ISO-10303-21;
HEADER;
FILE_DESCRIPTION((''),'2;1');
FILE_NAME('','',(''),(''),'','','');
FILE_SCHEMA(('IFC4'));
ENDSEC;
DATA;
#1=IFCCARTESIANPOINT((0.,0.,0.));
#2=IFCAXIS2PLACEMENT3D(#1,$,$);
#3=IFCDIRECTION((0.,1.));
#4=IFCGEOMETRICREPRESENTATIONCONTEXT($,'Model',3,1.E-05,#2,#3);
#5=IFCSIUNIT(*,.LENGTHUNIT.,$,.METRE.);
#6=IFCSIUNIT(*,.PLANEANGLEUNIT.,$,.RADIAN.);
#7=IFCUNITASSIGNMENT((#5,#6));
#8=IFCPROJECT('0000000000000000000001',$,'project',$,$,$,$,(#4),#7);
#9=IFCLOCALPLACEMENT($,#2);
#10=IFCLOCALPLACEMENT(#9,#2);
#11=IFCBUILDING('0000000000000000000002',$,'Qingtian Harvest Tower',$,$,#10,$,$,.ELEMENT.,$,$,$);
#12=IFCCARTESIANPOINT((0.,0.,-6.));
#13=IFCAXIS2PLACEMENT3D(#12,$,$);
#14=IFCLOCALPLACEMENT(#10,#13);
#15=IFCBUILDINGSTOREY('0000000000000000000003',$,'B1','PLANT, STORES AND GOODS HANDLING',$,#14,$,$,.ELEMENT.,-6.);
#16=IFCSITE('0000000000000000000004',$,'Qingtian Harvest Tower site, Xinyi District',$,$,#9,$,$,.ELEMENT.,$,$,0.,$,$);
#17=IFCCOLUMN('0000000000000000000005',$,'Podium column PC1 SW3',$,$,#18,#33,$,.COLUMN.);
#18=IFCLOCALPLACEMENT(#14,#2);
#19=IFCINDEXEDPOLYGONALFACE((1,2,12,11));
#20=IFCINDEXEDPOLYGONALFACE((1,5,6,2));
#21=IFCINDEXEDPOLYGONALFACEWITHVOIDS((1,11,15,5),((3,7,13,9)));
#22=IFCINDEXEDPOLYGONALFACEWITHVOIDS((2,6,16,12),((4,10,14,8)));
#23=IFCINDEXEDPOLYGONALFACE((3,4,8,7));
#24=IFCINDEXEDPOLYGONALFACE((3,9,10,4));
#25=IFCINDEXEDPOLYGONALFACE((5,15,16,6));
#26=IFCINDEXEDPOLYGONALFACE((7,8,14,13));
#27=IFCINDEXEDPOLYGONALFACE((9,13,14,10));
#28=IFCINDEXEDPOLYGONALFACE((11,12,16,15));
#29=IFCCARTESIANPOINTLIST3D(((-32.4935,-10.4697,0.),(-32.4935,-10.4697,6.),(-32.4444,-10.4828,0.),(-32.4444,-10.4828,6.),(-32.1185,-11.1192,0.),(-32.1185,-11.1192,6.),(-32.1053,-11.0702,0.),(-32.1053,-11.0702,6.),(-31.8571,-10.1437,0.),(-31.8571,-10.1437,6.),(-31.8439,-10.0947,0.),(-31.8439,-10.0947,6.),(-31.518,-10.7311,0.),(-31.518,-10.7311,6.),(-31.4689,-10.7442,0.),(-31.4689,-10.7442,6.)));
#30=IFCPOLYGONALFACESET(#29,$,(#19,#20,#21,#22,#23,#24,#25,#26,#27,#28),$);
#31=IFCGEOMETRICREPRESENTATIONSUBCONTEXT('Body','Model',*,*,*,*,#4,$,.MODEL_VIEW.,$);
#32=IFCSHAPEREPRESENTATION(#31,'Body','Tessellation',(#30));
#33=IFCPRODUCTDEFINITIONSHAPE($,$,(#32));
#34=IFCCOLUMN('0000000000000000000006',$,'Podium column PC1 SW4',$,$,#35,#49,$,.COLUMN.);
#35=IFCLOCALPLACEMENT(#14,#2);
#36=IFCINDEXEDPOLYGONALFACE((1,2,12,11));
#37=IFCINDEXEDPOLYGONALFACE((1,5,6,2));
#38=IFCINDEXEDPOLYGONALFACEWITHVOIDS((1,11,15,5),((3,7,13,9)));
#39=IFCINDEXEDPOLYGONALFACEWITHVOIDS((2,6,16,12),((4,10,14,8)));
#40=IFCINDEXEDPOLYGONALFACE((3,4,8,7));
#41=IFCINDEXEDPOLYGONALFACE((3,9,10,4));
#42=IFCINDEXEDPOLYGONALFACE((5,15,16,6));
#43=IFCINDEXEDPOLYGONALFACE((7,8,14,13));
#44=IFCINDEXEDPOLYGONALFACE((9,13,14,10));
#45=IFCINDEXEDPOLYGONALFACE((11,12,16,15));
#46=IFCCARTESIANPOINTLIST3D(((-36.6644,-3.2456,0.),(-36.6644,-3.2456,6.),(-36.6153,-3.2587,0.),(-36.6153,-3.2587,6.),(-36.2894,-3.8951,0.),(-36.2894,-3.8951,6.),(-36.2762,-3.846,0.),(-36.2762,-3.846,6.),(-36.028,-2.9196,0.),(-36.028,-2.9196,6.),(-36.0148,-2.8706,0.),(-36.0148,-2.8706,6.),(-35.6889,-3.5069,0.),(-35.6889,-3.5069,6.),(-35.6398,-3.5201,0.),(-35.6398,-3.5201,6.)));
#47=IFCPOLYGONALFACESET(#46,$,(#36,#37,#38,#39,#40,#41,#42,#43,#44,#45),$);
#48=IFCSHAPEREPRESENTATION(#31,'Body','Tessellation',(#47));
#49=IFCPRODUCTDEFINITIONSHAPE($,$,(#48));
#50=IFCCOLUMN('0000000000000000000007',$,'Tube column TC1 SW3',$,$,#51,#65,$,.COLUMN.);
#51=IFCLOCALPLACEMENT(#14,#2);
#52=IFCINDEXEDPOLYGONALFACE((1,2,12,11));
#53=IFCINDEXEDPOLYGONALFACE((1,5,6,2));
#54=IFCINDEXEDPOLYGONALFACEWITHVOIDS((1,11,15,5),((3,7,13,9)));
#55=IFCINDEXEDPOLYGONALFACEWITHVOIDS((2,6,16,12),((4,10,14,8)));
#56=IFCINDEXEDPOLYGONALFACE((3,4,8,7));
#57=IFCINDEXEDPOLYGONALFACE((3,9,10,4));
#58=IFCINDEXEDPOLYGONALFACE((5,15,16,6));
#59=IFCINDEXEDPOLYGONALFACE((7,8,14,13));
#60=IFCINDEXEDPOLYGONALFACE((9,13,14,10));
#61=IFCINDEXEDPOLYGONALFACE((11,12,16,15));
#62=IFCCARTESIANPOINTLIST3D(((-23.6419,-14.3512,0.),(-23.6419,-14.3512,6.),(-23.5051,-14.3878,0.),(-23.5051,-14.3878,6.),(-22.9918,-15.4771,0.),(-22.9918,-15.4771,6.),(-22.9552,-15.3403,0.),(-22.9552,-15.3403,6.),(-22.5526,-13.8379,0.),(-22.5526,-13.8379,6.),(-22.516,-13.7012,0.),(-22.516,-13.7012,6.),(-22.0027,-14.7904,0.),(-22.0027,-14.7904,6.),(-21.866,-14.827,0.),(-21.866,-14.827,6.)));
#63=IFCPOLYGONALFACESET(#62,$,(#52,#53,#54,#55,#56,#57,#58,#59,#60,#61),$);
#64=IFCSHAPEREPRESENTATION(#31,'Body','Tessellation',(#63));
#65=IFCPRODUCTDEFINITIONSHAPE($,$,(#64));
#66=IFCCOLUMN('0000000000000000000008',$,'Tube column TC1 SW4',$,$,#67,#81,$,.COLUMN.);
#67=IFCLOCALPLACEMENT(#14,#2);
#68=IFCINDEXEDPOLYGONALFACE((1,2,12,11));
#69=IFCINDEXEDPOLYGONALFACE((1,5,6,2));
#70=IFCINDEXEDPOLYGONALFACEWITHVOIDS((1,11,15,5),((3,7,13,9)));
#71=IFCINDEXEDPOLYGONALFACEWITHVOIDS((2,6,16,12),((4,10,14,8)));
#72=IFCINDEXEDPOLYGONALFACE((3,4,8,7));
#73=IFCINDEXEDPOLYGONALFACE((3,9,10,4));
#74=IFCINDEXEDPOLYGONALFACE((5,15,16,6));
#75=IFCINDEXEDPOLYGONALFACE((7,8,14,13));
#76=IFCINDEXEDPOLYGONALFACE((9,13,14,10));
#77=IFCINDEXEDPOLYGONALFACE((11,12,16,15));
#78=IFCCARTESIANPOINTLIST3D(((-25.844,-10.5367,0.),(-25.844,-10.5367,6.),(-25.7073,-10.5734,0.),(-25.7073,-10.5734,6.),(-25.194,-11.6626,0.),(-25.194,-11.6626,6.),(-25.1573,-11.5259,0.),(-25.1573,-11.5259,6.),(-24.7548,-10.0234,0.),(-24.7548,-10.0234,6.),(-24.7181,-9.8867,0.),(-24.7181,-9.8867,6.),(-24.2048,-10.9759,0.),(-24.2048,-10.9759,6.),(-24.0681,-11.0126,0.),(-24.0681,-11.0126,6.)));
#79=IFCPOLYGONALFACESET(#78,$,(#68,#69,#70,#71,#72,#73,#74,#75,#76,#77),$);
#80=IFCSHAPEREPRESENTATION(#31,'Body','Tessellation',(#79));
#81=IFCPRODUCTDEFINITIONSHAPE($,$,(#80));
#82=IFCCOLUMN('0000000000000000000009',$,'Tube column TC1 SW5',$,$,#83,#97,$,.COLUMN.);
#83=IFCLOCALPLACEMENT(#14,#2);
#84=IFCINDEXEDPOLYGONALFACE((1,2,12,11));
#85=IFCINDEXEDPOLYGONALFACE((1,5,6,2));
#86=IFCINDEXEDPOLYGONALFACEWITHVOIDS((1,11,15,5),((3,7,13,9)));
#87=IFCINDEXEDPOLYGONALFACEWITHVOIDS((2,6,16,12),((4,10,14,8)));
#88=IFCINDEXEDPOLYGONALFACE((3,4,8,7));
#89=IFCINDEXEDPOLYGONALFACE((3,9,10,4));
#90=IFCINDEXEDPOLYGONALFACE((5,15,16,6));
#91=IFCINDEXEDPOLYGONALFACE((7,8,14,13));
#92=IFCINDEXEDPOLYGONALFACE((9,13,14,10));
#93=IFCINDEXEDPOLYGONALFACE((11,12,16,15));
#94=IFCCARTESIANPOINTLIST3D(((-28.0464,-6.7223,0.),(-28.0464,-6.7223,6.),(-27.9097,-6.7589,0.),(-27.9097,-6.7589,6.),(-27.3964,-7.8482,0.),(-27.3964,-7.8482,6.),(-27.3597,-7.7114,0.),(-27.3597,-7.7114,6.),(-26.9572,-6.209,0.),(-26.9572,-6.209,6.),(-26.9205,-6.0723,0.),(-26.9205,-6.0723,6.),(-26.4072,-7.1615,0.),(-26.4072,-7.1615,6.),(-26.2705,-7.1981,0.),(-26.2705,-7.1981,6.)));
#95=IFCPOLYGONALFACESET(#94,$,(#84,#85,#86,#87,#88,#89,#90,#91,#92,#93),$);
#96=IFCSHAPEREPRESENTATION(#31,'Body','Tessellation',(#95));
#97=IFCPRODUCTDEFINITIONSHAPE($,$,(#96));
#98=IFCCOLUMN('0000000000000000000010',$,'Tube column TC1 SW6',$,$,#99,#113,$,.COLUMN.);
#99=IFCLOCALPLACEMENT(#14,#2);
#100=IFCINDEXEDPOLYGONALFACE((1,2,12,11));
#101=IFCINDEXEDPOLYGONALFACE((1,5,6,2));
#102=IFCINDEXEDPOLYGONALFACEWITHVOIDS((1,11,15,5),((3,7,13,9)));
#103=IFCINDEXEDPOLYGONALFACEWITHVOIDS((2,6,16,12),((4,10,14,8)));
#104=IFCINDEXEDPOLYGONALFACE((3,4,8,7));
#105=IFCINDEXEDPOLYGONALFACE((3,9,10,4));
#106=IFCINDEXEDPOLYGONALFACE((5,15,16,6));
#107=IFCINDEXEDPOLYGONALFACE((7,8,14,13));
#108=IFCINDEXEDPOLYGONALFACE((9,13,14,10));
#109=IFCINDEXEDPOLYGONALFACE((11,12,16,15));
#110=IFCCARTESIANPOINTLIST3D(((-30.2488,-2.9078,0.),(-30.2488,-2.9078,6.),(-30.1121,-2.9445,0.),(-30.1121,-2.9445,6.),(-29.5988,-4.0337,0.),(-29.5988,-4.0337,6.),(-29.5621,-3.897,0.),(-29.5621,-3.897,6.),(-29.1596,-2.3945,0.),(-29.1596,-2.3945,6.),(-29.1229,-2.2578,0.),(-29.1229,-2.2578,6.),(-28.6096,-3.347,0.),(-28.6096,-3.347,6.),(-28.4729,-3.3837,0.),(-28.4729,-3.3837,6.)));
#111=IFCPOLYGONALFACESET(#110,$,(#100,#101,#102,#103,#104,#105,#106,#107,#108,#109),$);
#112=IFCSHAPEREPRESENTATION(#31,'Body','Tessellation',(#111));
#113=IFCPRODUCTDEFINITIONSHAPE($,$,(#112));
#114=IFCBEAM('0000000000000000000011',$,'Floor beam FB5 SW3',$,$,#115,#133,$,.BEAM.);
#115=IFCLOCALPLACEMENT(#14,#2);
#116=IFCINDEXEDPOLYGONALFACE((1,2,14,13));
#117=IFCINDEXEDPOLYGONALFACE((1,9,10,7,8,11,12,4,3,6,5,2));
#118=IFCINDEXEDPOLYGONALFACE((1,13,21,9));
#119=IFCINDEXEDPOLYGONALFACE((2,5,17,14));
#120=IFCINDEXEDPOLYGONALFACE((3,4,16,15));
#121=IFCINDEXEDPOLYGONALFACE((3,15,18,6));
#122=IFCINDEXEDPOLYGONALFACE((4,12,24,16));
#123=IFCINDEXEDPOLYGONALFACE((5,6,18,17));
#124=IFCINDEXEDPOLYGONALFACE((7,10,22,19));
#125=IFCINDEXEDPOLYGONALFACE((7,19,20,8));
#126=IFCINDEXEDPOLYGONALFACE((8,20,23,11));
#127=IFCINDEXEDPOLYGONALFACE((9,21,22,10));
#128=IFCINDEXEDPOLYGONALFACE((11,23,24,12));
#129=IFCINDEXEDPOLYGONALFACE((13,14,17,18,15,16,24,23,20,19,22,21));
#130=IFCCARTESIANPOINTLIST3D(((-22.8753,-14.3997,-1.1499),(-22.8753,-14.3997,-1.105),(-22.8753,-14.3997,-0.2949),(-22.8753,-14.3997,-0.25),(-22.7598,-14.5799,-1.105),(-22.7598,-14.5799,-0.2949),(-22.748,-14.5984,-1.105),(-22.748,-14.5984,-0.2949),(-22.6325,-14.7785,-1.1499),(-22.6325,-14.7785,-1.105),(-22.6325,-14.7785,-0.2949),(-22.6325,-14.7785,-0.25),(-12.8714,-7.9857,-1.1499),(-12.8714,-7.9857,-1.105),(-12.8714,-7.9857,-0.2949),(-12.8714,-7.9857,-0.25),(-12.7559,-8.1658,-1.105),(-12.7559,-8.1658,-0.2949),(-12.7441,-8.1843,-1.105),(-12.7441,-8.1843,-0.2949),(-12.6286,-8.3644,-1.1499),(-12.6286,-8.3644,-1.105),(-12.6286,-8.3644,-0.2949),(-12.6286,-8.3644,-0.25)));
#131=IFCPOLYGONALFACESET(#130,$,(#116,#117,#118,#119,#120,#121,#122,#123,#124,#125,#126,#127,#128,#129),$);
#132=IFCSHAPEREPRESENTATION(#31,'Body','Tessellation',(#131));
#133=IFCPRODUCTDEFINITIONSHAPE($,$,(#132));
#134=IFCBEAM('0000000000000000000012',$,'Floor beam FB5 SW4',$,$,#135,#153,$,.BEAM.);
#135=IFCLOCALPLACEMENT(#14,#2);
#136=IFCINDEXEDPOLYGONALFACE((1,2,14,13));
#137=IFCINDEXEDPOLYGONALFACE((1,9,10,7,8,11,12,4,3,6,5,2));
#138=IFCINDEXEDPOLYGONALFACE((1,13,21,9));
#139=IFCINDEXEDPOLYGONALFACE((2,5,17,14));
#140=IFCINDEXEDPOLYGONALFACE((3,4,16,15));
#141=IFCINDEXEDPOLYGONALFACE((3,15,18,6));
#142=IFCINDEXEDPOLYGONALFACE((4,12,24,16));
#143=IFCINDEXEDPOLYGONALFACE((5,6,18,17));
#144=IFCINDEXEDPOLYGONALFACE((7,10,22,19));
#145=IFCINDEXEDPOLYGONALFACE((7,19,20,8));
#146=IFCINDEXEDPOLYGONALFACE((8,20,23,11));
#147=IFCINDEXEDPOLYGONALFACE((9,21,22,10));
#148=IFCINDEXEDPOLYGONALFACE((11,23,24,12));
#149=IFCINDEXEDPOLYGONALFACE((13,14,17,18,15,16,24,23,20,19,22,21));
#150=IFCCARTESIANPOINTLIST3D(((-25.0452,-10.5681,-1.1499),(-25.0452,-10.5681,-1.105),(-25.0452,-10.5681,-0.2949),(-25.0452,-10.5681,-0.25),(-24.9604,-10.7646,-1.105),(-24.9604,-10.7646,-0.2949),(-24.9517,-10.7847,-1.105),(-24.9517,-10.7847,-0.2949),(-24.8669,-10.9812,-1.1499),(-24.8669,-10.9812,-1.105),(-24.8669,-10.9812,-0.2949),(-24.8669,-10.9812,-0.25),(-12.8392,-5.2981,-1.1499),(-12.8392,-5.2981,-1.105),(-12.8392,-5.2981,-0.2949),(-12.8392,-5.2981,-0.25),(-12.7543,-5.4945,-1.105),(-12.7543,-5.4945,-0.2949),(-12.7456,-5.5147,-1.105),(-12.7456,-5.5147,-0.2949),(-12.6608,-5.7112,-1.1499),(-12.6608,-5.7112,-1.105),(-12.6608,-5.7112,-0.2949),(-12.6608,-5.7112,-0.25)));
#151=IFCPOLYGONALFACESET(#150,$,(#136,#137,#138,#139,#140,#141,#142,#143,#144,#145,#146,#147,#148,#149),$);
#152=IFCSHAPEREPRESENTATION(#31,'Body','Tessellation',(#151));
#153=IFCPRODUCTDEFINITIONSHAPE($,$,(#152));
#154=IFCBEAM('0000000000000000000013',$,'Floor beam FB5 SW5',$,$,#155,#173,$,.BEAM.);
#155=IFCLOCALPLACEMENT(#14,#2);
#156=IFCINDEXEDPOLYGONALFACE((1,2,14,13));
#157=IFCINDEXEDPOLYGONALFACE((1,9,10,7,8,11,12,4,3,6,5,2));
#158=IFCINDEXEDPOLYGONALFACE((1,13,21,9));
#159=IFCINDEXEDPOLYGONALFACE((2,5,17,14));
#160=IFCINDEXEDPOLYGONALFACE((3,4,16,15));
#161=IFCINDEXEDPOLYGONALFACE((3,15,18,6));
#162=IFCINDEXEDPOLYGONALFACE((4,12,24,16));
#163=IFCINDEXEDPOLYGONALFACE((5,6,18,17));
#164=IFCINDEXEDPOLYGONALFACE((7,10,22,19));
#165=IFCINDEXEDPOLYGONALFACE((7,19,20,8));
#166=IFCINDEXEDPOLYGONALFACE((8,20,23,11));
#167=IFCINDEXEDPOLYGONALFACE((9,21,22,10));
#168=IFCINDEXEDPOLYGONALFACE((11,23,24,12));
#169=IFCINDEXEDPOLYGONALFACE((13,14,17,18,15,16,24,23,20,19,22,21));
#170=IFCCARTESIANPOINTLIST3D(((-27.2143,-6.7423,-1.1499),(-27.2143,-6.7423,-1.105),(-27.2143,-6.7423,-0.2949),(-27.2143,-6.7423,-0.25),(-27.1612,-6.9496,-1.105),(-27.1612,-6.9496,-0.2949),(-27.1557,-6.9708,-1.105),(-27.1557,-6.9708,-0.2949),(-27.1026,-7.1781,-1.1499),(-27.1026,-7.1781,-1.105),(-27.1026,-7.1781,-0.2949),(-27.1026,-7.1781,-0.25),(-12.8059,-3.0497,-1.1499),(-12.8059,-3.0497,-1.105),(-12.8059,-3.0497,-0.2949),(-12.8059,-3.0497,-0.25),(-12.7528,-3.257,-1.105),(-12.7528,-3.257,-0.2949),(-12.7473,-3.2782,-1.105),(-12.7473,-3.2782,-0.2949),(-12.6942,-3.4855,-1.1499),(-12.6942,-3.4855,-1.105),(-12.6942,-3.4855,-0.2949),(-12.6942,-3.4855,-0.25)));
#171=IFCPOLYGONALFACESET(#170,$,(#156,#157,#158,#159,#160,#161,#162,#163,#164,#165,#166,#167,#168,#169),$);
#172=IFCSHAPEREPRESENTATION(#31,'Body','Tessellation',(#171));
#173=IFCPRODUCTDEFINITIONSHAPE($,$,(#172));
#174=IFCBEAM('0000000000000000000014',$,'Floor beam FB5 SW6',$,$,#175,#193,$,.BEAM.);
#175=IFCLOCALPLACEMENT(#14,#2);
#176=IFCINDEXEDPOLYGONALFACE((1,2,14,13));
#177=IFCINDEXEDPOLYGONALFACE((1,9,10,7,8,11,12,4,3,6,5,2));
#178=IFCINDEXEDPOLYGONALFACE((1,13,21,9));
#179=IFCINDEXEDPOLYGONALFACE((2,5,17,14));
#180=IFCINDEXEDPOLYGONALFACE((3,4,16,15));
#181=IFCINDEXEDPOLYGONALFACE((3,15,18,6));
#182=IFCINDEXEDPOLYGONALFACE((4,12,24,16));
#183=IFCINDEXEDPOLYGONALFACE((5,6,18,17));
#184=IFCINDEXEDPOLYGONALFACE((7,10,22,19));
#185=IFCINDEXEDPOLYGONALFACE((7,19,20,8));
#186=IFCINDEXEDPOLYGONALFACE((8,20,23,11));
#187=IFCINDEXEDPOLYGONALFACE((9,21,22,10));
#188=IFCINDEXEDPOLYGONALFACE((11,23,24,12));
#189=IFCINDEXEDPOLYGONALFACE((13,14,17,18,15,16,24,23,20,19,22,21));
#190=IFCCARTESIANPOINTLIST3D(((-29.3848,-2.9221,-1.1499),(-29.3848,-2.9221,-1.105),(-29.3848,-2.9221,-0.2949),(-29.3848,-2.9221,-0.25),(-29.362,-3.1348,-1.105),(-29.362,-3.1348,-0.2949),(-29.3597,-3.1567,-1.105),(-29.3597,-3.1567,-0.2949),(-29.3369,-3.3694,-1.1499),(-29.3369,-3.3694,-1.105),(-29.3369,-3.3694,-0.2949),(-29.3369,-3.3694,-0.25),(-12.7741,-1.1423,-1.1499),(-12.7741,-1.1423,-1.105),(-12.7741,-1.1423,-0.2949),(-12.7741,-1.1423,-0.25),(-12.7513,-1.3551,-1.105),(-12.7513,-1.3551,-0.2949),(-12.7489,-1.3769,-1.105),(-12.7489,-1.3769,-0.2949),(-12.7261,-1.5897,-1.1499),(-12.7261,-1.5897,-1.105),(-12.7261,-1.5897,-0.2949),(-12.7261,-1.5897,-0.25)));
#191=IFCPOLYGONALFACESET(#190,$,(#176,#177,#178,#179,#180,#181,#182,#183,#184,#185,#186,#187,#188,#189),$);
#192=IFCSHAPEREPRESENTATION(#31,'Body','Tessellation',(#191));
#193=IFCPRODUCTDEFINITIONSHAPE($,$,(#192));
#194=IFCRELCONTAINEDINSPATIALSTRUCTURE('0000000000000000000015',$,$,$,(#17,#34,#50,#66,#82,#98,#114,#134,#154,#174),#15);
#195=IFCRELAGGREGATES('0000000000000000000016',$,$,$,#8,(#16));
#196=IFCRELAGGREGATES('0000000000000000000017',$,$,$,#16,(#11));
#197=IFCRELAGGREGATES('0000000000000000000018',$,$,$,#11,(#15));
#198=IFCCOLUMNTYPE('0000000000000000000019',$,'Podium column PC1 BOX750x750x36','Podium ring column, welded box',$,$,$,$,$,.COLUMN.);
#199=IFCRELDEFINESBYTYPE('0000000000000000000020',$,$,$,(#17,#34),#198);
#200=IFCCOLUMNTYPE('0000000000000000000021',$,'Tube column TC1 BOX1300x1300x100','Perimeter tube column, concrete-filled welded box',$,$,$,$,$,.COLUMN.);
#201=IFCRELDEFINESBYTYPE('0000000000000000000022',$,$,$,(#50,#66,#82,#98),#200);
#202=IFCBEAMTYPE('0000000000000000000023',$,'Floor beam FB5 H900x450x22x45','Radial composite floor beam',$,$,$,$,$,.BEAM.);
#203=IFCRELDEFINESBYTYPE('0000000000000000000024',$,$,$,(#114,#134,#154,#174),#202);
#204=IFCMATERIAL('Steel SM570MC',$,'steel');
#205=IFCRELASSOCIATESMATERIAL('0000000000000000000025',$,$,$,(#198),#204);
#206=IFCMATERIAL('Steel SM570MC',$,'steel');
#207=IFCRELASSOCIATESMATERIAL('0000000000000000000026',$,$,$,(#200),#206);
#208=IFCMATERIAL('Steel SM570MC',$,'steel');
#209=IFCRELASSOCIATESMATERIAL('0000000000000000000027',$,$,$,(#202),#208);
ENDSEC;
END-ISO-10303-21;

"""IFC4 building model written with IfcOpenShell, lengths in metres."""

from ifc_helpers import new_model, si_unit, direction, frame, origin, origin_2d, place, context, subcontext, project, spatial, hollow_rectangle, i_section, extrude, material, material_profile, profile_set, type_object, element, save


model = new_model("IFC4")

# Units and contexts
model_context = context("Model", 3, precision=1e-05, world=origin(), true_north=direction((0.0, 1.0)))
body_context = subcontext(model_context, "Body", "Model", "MODEL_VIEW")
ifc_project = project(units=[si_unit("LENGTHUNIT", "METRE"), si_unit("PLANEANGLEUNIT", "RADIAN")], contexts=[model_context])

# Site, building, storey
site_placement = place(None, origin())
site = spatial("IfcSite", under=ifc_project, at=site_placement, Name="Qingtian Harvest Tower site, Xinyi District", CompositionType="ELEMENT", RefElevation=0.0)
building_placement = place(site_placement, origin())
building = spatial("IfcBuilding", under=site, at=building_placement, Name="Qingtian Harvest Tower", CompositionType="ELEMENT")
storey_placement = place(building_placement, frame((0.0, 0.0, -6.0)))
storey = spatial("IfcBuildingStorey", under=building, at=storey_placement, Name="B1", Description="PLANT, STORES AND GOODS HANDLING", CompositionType="ELEMENT", Elevation=-6.0)

# Columns
ifc_material_1 = material(Name="Steel SM570MC", Category="steel")
ifc_material_profile_1 = material_profile(ifc_material_1, hollow_rectangle(XDim=0.75, YDim=0.75, WallThickness=0.0359, at=origin_2d()), Name="BOX750x750x36")
ifc_profile_set_1 = profile_set([ifc_material_profile_1], Name="Steel SM570MC")
column_type_1 = type_object("IfcColumnType", Name="Podium column PC1 BOX750x750x36", Description="Podium ring column, welded box", PredefinedType="COLUMN", material=ifc_profile_set_1)
for number, where, z_axis, x_axis, name in (
    (1, (-31.9812, -10.6069, 0.0), (0.0, 0.0, 1.0), (0.5, -0.866025, 0.0), "Podium column PC1 SW3"),
    (2, (-36.1521, -3.3828, 0.0), (0.0, 0.0, 1.0), (0.5, -0.866025, 0.0), "Podium column PC1 SW4"),
):
    element("IfcColumn", number, at=place(storey_placement, frame(where, z_axis=z_axis, x_axis=x_axis)), inside=storey, type_object=column_type_1, Name=name, PredefinedType="COLUMN", context=body_context, shape_type="SweptSolid", body=[
        extrude(hollow_rectangle(XDim=0.75, YDim=0.75, WallThickness=0.0359, at=origin_2d()), origin(), (0.0, 0.0, 1.0), 6.0),
    ])
ifc_material_2 = material(Name="Steel SM570MC", Category="steel")
ifc_material_profile_2 = material_profile(ifc_material_2, hollow_rectangle(XDim=1.3, YDim=1.3, WallThickness=0.1001, at=origin_2d()), Name="BOX1300x1300x100")
ifc_profile_set_2 = profile_set([ifc_material_profile_2], Name="Steel SM570MC")
column_type_2 = type_object("IfcColumnType", Name="Tube column TC1 BOX1300x1300x100", Description="Perimeter tube column, concrete-filled welded box", PredefinedType="COLUMN", material=ifc_profile_set_2)
for number, where, z_axis, x_axis, name in (
    (3, (-22.7539, -14.5891, 0.0), (0.0, 0.0, 1.0), (0.5, -0.866025, 0.0), "Tube column TC1 SW3"),
    (4, (-24.9561, -10.7747, 0.0), (0.0, 0.0, 1.0), (0.5, -0.866025, 0.0), "Tube column TC1 SW4"),
    (5, (-27.1584, -6.9602, 0.0), (0.0, 0.0, 1.0), (0.5, -0.866025, 0.0), "Tube column TC1 SW5"),
    (6, (-29.3608, -3.1458, 0.0), (0.0, 0.0, 1.0), (0.5, -0.866025, 0.0), "Tube column TC1 SW6"),
):
    element("IfcColumn", number, at=place(storey_placement, frame(where, z_axis=z_axis, x_axis=x_axis)), inside=storey, type_object=column_type_2, Name=name, PredefinedType="COLUMN", context=body_context, shape_type="SweptSolid", body=[
        extrude(hollow_rectangle(XDim=1.3, YDim=1.3, WallThickness=0.1001, at=origin_2d()), origin(), (0.0, 0.0, 1.0), 6.0),
    ])

# Beams
ifc_material_3 = material(Name="Steel SM570MC", Category="steel")
ifc_material_profile_3 = material_profile(ifc_material_3, i_section(OverallWidth=0.45, OverallDepth=0.8999, WebThickness=0.022, FlangeThickness=0.0449, at=origin_2d()), Name="H900x450x22x45")
ifc_profile_set_3 = profile_set([ifc_material_profile_3], Name="Steel SM570MC")
beam_type_1 = type_object("IfcBeamType", Name="Floor beam FB5 H900x450x22x45", Description="Radial composite floor beam", PredefinedType="BEAM", material=ifc_profile_set_3)
beam_1_placement = place(storey_placement, frame((-22.7539, -14.5891, -0.7), z_axis=(0.841829, 0.539744, 0.0), x_axis=(-0.539744, 0.841829, 0.0)))
element("IfcBeam", 7, at=beam_1_placement, inside=storey, type_object=beam_type_1, Name="Floor beam FB5 SW3", PredefinedType="BEAM", context=body_context, shape_type="SweptSolid", body=[
    extrude(i_section(OverallWidth=0.45, OverallDepth=0.8999, WebThickness=0.022, FlangeThickness=0.0449, at=origin_2d()), origin(), (0.0, 0.0, 1.0), 11.8835),
])
beam_2_placement = place(storey_placement, frame((-24.9561, -10.7747, -0.7), z_axis=(0.918084, 0.396387, 0.0), x_axis=(-0.396387, 0.918084, 0.0)))
element("IfcBeam", 8, at=beam_2_placement, inside=storey, type_object=beam_type_1, Name="Floor beam FB5 SW4", PredefinedType="BEAM", context=body_context, shape_type="SweptSolid", body=[
    extrude(i_section(OverallWidth=0.45, OverallDepth=0.8999, WebThickness=0.022, FlangeThickness=0.0449, at=origin_2d()), origin(), (0.0, 0.0, 1.0), 13.2952),
])
beam_3_placement = place(storey_placement, frame((-27.1584, -6.9602, -0.7), z_axis=(0.968694, 0.248259, 0.0), x_axis=(-0.248259, 0.968694, 0.0)))
element("IfcBeam", 9, at=beam_3_placement, inside=storey, type_object=beam_type_1, Name="Floor beam FB5 SW5", PredefinedType="BEAM", context=body_context, shape_type="SweptSolid", body=[
    extrude(i_section(OverallWidth=0.45, OverallDepth=0.8999, WebThickness=0.022, FlangeThickness=0.0449, at=origin_2d()), origin(), (0.0, 0.0, 1.0), 14.874),
])
beam_4_placement = place(storey_placement, frame((-29.3608, -3.1458, -0.7), z_axis=(0.994309, 0.106536, 0.0), x_axis=(-0.106536, 0.994309, 0.0)))
element("IfcBeam", 10, at=beam_4_placement, inside=storey, type_object=beam_type_1, Name="Floor beam FB5 SW6", PredefinedType="BEAM", context=body_context, shape_type="SweptSolid", body=[
    extrude(i_section(OverallWidth=0.45, OverallDepth=0.8999, WebThickness=0.022, FlangeThickness=0.0449, at=origin_2d()), origin(), (0.0, 0.0, 1.0), 16.7058),
])

save(model, "model.ifc")
